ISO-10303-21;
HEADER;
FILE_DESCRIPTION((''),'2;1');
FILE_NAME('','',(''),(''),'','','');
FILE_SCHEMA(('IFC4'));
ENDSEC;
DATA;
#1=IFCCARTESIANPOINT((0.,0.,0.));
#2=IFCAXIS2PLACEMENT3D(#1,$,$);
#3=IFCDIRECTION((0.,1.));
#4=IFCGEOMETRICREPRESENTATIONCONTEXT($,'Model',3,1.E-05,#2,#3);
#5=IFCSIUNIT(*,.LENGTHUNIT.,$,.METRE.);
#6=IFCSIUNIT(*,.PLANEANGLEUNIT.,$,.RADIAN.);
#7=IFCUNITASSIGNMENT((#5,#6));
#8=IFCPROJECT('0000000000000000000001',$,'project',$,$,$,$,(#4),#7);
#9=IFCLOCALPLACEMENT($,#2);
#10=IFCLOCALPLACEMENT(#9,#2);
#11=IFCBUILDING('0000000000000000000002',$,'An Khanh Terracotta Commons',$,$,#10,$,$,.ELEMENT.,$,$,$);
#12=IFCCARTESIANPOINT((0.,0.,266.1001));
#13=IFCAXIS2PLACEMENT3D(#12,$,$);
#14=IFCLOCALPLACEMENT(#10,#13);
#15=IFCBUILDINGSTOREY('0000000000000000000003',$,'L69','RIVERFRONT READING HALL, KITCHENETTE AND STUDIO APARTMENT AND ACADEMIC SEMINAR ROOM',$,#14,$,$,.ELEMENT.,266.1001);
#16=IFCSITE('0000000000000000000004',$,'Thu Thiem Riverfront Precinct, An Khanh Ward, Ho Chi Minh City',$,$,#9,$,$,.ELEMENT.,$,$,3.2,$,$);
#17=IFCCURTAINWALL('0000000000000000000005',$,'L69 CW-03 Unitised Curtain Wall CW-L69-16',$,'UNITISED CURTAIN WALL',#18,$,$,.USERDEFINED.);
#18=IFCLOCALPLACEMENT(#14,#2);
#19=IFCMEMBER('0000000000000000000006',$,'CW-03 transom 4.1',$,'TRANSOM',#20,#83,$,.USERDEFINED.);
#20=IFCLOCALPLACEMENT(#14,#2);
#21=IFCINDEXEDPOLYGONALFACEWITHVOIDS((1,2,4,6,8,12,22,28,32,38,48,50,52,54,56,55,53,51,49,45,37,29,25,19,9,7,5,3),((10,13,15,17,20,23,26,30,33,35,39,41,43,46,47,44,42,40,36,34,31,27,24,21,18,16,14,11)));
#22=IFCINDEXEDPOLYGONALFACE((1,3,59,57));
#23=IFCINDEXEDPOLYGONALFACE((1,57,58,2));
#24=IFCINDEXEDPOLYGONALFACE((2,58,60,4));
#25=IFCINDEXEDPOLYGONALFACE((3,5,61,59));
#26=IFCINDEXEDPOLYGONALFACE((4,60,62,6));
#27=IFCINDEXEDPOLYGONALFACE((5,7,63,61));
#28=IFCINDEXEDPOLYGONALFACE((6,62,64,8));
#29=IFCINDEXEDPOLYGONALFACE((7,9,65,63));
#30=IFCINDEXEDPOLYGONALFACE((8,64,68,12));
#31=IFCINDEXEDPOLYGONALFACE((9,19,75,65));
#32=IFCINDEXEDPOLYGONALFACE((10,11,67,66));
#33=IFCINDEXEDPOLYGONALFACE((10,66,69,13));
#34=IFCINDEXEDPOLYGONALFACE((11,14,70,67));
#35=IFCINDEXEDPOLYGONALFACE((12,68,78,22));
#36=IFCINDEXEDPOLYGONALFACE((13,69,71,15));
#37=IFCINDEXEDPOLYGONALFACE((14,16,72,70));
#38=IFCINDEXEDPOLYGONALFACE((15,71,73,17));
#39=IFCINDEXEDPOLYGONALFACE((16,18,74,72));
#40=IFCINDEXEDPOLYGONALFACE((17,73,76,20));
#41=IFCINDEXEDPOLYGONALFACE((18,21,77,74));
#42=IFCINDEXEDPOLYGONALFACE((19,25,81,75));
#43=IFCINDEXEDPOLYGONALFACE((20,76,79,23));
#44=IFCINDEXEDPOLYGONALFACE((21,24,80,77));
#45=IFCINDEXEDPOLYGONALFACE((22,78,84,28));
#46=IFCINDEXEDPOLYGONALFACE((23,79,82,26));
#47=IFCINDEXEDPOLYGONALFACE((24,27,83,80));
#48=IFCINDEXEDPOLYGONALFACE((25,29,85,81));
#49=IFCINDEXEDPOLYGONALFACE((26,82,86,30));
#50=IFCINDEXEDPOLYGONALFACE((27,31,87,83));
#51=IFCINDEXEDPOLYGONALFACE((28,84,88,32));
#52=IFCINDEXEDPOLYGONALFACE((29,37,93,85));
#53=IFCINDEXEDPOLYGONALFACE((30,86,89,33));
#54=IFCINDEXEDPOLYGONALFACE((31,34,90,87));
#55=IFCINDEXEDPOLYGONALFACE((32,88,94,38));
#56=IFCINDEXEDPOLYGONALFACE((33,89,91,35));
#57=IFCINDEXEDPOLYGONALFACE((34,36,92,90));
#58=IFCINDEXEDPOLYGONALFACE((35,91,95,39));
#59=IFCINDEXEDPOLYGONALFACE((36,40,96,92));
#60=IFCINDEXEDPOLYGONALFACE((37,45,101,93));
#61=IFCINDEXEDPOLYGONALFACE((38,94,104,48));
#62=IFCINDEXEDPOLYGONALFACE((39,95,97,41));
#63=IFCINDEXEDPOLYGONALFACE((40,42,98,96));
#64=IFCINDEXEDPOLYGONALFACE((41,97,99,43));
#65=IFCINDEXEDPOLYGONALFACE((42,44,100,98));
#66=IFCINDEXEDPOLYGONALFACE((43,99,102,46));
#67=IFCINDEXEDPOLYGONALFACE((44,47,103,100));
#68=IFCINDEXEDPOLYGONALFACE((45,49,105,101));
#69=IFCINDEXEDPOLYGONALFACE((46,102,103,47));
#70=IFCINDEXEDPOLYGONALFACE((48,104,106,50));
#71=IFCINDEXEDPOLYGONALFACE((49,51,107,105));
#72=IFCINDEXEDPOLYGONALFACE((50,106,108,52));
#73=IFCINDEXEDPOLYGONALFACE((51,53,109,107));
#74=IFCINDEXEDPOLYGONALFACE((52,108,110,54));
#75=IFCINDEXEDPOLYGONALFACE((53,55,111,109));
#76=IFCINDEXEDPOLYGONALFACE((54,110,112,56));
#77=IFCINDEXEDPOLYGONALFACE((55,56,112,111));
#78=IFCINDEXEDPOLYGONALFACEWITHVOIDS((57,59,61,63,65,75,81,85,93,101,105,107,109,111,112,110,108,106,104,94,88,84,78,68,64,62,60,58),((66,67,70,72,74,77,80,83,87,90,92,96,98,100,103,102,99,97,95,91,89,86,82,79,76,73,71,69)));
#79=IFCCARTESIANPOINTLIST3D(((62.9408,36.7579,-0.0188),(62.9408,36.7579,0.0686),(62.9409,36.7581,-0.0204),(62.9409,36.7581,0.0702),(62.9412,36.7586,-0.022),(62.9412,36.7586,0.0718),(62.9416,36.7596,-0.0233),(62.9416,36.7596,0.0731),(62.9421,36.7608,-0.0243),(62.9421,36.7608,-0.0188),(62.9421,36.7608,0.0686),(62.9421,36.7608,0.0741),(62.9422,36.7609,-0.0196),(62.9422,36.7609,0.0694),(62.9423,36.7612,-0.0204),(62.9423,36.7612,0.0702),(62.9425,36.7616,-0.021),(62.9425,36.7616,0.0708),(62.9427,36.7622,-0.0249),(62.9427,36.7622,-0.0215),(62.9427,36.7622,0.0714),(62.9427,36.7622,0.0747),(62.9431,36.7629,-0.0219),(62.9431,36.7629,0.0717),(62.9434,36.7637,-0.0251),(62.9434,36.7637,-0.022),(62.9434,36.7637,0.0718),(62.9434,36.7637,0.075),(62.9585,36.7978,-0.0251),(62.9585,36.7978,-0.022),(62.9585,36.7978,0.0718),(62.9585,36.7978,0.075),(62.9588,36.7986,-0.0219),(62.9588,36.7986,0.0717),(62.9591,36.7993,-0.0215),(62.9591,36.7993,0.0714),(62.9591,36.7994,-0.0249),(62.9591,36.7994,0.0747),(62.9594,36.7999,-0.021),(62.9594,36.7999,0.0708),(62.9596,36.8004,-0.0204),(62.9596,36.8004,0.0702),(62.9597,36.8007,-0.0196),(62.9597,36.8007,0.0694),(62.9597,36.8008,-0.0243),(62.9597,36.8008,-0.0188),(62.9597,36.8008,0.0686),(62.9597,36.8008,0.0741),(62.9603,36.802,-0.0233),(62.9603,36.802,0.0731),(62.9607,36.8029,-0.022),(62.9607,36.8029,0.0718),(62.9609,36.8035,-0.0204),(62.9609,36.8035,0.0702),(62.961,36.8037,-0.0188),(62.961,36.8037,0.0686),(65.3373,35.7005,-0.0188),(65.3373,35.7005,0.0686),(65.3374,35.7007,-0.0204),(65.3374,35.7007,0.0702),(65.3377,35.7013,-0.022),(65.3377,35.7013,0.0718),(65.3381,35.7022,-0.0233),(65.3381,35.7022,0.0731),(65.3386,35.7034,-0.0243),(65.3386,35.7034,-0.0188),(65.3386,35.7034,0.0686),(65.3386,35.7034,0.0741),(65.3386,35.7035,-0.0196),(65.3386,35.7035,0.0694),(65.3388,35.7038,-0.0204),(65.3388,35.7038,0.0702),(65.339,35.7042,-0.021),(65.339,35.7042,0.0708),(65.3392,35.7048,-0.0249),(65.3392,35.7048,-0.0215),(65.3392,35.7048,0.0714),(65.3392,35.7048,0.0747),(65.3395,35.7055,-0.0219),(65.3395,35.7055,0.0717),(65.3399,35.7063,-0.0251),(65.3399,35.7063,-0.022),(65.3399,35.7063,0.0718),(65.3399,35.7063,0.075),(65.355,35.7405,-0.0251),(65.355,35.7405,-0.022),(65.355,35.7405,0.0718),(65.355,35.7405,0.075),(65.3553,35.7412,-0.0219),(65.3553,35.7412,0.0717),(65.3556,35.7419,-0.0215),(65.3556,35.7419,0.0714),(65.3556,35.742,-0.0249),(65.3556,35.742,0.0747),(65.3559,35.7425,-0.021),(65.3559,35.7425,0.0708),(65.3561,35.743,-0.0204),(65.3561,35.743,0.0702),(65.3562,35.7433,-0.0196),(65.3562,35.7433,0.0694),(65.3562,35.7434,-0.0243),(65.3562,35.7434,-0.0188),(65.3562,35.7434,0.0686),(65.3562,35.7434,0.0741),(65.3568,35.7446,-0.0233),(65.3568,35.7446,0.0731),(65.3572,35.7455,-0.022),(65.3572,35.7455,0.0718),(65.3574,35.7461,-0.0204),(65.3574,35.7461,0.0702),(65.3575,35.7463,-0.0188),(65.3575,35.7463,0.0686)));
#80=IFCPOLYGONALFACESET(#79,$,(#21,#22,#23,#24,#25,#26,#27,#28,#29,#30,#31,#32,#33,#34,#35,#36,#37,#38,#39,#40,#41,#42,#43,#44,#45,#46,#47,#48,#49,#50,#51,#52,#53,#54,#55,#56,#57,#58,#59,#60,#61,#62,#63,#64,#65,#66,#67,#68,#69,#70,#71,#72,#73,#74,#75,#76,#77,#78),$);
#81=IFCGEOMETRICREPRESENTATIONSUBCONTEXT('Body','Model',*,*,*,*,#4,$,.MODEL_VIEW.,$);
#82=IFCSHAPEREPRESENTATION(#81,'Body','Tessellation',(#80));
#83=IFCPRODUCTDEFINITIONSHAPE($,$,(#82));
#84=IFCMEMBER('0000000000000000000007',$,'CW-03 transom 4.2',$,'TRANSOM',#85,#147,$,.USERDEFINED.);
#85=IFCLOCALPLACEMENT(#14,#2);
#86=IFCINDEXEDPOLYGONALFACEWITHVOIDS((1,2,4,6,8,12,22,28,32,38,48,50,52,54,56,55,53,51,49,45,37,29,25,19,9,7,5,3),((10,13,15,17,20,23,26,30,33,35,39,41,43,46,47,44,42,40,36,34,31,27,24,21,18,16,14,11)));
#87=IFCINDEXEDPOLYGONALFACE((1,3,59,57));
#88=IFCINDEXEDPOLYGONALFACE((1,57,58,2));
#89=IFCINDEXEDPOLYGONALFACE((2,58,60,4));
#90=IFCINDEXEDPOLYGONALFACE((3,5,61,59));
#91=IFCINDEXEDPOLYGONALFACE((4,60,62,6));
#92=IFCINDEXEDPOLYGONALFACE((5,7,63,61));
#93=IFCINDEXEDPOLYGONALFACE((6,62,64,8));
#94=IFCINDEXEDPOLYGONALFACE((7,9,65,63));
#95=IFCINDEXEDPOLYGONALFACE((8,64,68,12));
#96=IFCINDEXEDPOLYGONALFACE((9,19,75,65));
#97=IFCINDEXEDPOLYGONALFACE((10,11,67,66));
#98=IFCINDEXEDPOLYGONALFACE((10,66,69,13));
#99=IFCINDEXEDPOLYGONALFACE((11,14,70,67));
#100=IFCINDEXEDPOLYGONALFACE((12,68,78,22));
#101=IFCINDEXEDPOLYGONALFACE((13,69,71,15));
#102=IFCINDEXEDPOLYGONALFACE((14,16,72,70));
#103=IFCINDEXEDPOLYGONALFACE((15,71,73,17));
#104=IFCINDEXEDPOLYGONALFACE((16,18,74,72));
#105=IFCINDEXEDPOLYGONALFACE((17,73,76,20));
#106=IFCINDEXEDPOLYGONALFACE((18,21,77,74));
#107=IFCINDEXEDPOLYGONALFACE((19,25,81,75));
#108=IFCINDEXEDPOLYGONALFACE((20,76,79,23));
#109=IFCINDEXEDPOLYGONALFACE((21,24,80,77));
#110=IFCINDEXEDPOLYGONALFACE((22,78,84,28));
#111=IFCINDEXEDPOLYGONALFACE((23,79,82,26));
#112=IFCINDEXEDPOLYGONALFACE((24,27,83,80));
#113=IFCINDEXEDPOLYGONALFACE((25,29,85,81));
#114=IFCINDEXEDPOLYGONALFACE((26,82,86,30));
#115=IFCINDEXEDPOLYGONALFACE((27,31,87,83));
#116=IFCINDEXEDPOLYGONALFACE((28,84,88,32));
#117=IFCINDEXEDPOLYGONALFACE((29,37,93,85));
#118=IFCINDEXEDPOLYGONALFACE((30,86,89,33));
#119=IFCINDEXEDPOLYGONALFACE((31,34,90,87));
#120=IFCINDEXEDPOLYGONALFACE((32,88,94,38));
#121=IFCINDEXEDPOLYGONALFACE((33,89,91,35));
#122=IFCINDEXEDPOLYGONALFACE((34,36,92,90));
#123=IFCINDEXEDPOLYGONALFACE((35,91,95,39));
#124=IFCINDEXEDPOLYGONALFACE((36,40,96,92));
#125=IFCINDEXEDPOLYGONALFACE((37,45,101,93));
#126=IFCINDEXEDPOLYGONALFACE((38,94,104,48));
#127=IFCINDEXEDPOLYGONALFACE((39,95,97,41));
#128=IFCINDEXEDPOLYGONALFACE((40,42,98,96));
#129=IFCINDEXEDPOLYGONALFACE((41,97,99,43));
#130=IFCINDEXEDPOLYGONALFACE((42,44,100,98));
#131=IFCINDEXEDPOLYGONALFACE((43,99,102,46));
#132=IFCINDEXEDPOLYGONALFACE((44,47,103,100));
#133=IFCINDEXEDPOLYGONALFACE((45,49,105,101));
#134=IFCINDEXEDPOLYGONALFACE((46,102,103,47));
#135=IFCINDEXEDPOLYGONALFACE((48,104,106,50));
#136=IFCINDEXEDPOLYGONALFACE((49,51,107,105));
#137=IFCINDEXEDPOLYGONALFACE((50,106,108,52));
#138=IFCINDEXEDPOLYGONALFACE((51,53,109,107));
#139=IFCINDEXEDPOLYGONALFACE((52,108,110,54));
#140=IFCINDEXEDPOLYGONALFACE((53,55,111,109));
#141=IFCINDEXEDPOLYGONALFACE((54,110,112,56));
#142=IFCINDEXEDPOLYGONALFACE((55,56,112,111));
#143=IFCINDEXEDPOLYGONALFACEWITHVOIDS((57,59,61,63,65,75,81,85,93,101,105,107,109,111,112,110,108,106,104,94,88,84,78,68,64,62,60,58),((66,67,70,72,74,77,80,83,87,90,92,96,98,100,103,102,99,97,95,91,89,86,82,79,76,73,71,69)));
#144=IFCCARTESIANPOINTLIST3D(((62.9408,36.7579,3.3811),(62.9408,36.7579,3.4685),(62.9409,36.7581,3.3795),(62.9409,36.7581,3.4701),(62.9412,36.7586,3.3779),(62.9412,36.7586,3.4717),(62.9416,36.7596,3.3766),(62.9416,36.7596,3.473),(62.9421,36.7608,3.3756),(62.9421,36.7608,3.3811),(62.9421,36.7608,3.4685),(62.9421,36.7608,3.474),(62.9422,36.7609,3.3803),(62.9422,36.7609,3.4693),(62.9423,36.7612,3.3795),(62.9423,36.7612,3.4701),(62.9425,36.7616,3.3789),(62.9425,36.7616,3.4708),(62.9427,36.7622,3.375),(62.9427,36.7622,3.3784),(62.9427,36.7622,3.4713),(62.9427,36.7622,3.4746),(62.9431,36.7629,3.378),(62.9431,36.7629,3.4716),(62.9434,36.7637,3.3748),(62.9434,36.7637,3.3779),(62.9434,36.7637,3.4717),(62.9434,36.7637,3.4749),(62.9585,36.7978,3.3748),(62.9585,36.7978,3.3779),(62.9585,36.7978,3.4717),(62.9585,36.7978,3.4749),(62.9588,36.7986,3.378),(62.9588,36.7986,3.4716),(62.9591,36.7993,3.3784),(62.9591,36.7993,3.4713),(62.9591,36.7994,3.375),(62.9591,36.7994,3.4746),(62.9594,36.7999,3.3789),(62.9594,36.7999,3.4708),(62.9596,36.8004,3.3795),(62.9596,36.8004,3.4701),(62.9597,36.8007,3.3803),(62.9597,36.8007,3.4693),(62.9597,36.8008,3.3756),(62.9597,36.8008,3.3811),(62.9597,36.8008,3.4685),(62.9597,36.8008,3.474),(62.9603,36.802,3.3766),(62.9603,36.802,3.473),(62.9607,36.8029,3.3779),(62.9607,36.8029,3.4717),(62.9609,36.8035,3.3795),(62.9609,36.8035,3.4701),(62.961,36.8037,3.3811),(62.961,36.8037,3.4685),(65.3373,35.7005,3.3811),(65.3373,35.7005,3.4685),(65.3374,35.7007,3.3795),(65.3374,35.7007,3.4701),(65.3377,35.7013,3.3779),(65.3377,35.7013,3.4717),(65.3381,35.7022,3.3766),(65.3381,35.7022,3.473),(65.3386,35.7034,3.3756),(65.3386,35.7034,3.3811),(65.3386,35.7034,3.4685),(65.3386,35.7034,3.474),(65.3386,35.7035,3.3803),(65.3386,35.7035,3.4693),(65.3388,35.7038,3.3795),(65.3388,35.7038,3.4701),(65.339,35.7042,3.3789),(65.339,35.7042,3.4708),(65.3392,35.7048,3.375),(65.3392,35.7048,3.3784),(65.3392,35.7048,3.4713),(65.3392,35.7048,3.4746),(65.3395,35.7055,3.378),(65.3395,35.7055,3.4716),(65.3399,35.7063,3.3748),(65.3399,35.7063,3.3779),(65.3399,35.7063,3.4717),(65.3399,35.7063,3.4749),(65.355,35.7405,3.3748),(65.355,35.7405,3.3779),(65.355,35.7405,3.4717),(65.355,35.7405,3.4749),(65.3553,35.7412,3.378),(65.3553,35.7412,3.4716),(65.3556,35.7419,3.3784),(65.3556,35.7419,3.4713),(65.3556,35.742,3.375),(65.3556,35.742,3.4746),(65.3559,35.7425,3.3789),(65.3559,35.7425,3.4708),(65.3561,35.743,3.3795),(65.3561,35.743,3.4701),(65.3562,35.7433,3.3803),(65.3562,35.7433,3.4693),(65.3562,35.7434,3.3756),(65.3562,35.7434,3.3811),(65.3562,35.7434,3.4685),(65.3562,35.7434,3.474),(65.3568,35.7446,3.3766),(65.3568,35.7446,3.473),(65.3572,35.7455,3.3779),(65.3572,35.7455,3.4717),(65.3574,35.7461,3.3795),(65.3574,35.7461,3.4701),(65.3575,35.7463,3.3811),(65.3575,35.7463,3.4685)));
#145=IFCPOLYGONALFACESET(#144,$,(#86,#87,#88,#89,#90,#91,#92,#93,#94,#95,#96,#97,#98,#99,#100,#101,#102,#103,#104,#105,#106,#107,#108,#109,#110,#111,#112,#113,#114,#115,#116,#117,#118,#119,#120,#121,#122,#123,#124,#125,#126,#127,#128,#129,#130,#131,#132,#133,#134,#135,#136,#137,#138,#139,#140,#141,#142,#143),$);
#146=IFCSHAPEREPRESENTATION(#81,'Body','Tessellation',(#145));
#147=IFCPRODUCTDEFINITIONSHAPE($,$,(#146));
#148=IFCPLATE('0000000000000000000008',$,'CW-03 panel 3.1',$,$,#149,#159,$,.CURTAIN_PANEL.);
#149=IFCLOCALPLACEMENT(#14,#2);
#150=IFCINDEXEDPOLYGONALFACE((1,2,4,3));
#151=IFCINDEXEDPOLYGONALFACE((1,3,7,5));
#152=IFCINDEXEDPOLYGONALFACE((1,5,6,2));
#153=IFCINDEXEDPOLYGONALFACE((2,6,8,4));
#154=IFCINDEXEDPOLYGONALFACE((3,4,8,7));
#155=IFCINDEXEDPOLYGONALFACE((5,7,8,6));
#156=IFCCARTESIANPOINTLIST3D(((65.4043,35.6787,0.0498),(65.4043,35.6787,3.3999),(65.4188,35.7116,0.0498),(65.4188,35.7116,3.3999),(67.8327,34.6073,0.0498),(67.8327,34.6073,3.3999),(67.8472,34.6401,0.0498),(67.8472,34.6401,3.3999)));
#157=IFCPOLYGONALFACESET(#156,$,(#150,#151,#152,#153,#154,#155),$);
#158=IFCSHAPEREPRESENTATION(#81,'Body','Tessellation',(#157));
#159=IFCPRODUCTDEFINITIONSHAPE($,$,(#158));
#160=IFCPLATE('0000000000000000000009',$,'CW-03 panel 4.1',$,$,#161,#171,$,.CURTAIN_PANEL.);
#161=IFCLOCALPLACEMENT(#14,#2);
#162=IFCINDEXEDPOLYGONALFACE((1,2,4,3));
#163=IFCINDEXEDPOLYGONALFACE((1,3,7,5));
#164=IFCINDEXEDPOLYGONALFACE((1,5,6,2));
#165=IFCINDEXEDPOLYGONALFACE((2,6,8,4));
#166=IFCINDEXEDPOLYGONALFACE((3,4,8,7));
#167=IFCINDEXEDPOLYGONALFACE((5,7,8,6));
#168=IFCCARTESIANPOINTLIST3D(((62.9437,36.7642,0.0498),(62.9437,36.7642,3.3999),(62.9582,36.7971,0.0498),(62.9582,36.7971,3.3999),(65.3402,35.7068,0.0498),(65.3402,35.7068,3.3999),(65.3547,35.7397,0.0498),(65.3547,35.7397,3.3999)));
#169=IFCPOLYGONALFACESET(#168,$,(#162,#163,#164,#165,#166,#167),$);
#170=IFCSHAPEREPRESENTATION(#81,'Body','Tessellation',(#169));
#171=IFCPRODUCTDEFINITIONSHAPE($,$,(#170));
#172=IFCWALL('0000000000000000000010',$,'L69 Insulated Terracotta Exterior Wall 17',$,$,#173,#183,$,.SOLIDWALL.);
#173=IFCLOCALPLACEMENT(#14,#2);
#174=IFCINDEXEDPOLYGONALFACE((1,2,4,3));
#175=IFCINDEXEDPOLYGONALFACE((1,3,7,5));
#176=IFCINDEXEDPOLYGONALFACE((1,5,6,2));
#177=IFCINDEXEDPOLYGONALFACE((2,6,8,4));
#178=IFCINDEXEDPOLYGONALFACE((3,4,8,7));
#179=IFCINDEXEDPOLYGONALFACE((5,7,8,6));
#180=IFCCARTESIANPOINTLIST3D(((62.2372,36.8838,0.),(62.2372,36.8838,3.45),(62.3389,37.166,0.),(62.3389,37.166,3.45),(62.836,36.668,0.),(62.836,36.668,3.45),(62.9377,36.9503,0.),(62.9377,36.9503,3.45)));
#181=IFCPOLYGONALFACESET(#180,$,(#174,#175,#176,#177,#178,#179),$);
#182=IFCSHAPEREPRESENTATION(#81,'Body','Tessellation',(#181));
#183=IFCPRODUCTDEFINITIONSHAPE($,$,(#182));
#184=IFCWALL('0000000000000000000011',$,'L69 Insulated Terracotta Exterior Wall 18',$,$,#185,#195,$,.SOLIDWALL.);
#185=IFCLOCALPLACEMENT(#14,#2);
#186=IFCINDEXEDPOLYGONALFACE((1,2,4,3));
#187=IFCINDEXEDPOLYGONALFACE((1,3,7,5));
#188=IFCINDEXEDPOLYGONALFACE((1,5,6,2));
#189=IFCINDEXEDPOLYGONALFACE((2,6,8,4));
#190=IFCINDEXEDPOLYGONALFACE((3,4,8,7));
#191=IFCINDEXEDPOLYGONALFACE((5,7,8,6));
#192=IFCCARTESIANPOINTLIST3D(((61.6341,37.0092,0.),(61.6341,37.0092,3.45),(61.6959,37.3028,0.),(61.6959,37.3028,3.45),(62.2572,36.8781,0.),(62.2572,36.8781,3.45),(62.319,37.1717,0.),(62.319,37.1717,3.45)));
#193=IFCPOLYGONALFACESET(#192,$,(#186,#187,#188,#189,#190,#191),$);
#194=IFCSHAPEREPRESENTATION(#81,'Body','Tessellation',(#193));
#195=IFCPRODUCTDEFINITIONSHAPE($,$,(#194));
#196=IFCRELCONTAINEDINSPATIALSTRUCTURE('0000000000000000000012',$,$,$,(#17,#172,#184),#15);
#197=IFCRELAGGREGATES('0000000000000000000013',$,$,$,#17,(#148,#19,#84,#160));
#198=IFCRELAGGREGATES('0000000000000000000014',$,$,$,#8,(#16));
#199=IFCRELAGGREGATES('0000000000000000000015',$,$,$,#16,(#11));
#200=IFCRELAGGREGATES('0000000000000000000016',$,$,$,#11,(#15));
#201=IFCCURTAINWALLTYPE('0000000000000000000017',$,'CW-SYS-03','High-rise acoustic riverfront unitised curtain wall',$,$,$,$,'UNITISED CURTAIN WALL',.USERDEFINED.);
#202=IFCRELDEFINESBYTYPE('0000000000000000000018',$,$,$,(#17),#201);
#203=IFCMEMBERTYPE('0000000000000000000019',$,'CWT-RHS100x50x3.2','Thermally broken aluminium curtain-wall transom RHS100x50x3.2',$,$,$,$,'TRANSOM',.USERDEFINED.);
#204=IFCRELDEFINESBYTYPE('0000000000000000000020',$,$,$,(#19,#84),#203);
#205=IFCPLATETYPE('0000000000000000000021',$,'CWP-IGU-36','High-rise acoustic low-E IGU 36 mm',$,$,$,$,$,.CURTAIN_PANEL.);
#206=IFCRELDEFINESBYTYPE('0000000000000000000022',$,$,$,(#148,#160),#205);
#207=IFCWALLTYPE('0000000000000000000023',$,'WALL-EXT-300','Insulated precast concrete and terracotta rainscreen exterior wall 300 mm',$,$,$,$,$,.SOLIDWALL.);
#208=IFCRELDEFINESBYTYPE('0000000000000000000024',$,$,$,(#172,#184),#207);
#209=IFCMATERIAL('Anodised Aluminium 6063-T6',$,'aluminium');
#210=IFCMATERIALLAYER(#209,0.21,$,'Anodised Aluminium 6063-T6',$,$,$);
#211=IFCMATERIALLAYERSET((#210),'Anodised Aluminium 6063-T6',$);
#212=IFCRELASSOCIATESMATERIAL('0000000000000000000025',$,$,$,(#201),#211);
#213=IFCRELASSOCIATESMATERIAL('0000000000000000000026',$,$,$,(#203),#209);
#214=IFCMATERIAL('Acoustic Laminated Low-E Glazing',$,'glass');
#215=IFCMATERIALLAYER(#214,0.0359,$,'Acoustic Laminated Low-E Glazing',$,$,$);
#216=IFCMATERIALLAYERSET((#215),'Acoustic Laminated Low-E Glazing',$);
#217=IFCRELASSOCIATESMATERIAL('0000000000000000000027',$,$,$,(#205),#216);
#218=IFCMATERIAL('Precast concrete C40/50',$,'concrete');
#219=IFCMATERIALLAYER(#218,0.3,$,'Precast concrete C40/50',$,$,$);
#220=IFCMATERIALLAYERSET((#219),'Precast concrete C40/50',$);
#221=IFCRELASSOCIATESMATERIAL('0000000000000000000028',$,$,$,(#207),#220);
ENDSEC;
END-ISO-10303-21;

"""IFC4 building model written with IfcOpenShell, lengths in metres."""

from ifc_helpers import new_model, si_unit, direction, frame, frame_2d, origin, origin_2d, place, context, subcontext, project, spatial, rectangle, hollow_rectangle, extrude, material, layer, layer_set, material_profile, profile_set, type_object, element, aggregate, save


model = new_model("IFC4")

# Units and contexts
model_context = context("Model", 3, precision=1e-05, world=origin(), true_north=direction((0.0, 1.0)))
body_context = subcontext(model_context, "Body", "Model", "MODEL_VIEW")
ifc_project = project(units=[si_unit("LENGTHUNIT", "METRE"), si_unit("PLANEANGLEUNIT", "RADIAN")], contexts=[model_context])

# Site, building, storey
site_placement = place(None, origin())
site = spatial("IfcSite", under=ifc_project, at=site_placement, Name="Thu Thiem Riverfront Precinct, An Khanh Ward, Ho Chi Minh City", CompositionType="ELEMENT", RefElevation=3.2)
building_placement = place(site_placement, origin())
building = spatial("IfcBuilding", under=site, at=building_placement, Name="An Khanh Terracotta Commons", CompositionType="ELEMENT")
storey_placement = place(building_placement, frame((0.0, 0.0, 266.1001)))
storey = spatial("IfcBuildingStorey", under=building, at=storey_placement, Name="L69", Description="RIVERFRONT READING HALL, KITCHENETTE AND STUDIO APARTMENT AND ACADEMIC SEMINAR ROOM", CompositionType="ELEMENT", Elevation=266.1001)

# Curtain wall, members, plates
ifc_material_1 = material(Name="Anodised Aluminium 6063-T6", Category="aluminium")
ifc_layer_1 = layer(ifc_material_1, 0.21, Name="Anodised Aluminium 6063-T6")
ifc_layer_set_1 = layer_set([ifc_layer_1], Name="Anodised Aluminium 6063-T6")
curtain_wall_type = type_object("IfcCurtainWallType", Name="CW-SYS-03", Description="High-rise acoustic riverfront unitised curtain wall", ElementType="UNITISED CURTAIN WALL", PredefinedType="USERDEFINED", material=ifc_layer_set_1)
curtain_wall_placement = place(storey_placement, origin())
curtain_wall = element("IfcCurtainWall", 1, at=curtain_wall_placement, inside=storey, type_object=curtain_wall_type, Name="L69 CW-03 Unitised Curtain Wall CW-L69-16", ObjectType="UNITISED CURTAIN WALL", PredefinedType="USERDEFINED")
ifc_material_profile_1 = material_profile(ifc_material_1, hollow_rectangle(XDim=0.05, YDim=0.1001, WallThickness=0.0032, InnerFilletRadius=0.0032, OuterFilletRadius=0.0063, at=origin_2d()), Name="RHS100x50x3.2")
ifc_profile_set_1 = profile_set([ifc_material_profile_1], Name="Anodised Aluminium 6063-T6")
member_type_1 = type_object("IfcMemberType", Name="CWT-RHS100x50x3.2", Description="Thermally broken aluminium curtain-wall transom RHS100x50x3.2", ElementType="TRANSOM", PredefinedType="USERDEFINED", material=ifc_profile_set_1)
member_1_placement = place(storey_placement, frame((65.3474, 35.7234, 0.0249), z_axis=(-0.914904, 0.403672, 0.0), x_axis=(-0.403672, -0.914904, 0.0)))
member_1 = element("IfcMember", 2, at=member_1_placement, type_object=member_type_1, Name="CW-03 transom 4.1", ObjectType="TRANSOM", PredefinedType="USERDEFINED", context=body_context, shape_type="SweptSolid", body=[
    extrude(hollow_rectangle(XDim=0.05, YDim=0.1001, WallThickness=0.0032, InnerFilletRadius=0.0032, OuterFilletRadius=0.0063, at=origin_2d()), origin(), (0.0, 0.0, 1.0), 2.6194),
])
member_2_placement = place(storey_placement, frame((65.3474, 35.7234, 3.4248), z_axis=(-0.914904, 0.403672, 0.0), x_axis=(-0.403672, -0.914904, 0.0)))
member_2 = element("IfcMember", 3, at=member_2_placement, type_object=member_type_1, Name="CW-03 transom 4.2", ObjectType="TRANSOM", PredefinedType="USERDEFINED", context=body_context, shape_type="SweptSolid", body=[
    extrude(hollow_rectangle(XDim=0.05, YDim=0.1001, WallThickness=0.0032, InnerFilletRadius=0.0032, OuterFilletRadius=0.0063, at=origin_2d()), origin(), (0.0, 0.0, 1.0), 2.6194),
])
ifc_material_2 = material(Name="Acoustic Laminated Low-E Glazing", Category="glass")
ifc_layer_2 = layer(ifc_material_2, 0.0359, Name="Acoustic Laminated Low-E Glazing")
ifc_layer_set_2 = layer_set([ifc_layer_2], Name="Acoustic Laminated Low-E Glazing")
plate_type = type_object("IfcPlateType", Name="CWP-IGU-36", Description="High-rise acoustic low-E IGU 36 mm", PredefinedType="CURTAIN_PANEL", material=ifc_layer_set_2)
plate_1_placement = place(storey_placement, frame((66.6257, 35.1594, 0.0498), z_axis=(0.0, 0.0, 1.0), x_axis=(-0.914902, 0.403676, 0.0)))
plate_1 = element("IfcPlate", 4, at=plate_1_placement, type_object=plate_type, Name="CW-03 panel 3.1", PredefinedType="CURTAIN_PANEL", context=body_context, shape_type="SweptSolid", body=[
    extrude(rectangle(XDim=2.6543, YDim=0.0359, at=origin_2d()), origin(), (0.0, 0.0, 1.0), 3.3501),
])
plate_2_placement = place(storey_placement, frame((64.1492, 36.252, 0.0498), z_axis=(0.0, 0.0, 1.0), x_axis=(-0.914902, 0.403676, 0.0)))
plate_2 = element("IfcPlate", 5, at=plate_2_placement, type_object=plate_type, Name="CW-03 panel 4.1", PredefinedType="CURTAIN_PANEL", context=body_context, shape_type="SweptSolid", body=[
    extrude(rectangle(XDim=2.6194, YDim=0.0359, at=origin_2d()), origin(), (0.0, 0.0, 1.0), 3.3501),
])
aggregate(curtain_wall, [plate_1, member_1, member_2, plate_2])

# Walls
ifc_material_3 = material(Name="Precast concrete C40/50", Category="concrete")
ifc_layer_3 = layer(ifc_material_3, 0.3, Name="Precast concrete C40/50")
ifc_layer_set_3 = layer_set([ifc_layer_3], Name="Precast concrete C40/50")
wall_type = type_object("IfcWallType", Name="WALL-EXT-300", Description="Insulated precast concrete and terracotta rainscreen exterior wall 300 mm", PredefinedType="SOLIDWALL", material=ifc_layer_set_3)
wall_1_placement = place(storey_placement, frame((62.887, 36.8091, 0.0), z_axis=(0.0, 0.0, 1.0), x_axis=(-0.940775, 0.339032, 0.0)))
element("IfcWall", 6, at=wall_1_placement, inside=storey, type_object=wall_type, Name="L69 Insulated Terracotta Exterior Wall 17", PredefinedType="SOLIDWALL", context=body_context, shape_type="SweptSolid", body=[
    extrude(rectangle(XDim=0.6365, YDim=0.3, at=frame_2d((0.3184, 0.0))), origin(), (0.0, 0.0, 1.0), 3.45),
])
wall_2_placement = place(storey_placement, frame((62.2881, 37.0249, 0.0), z_axis=(0.0, 0.0, 1.0), x_axis=(-0.97857, 0.205914, 0.0)))
element("IfcWall", 7, at=wall_2_placement, inside=storey, type_object=wall_type, Name="L69 Insulated Terracotta Exterior Wall 18", PredefinedType="SOLIDWALL", context=body_context, shape_type="SweptSolid", body=[
    extrude(rectangle(XDim=0.6367, YDim=0.3, at=frame_2d((0.3184, 0.0))), origin(), (0.0, 0.0, 1.0), 3.45),
])

save(model, "model.ifc")
